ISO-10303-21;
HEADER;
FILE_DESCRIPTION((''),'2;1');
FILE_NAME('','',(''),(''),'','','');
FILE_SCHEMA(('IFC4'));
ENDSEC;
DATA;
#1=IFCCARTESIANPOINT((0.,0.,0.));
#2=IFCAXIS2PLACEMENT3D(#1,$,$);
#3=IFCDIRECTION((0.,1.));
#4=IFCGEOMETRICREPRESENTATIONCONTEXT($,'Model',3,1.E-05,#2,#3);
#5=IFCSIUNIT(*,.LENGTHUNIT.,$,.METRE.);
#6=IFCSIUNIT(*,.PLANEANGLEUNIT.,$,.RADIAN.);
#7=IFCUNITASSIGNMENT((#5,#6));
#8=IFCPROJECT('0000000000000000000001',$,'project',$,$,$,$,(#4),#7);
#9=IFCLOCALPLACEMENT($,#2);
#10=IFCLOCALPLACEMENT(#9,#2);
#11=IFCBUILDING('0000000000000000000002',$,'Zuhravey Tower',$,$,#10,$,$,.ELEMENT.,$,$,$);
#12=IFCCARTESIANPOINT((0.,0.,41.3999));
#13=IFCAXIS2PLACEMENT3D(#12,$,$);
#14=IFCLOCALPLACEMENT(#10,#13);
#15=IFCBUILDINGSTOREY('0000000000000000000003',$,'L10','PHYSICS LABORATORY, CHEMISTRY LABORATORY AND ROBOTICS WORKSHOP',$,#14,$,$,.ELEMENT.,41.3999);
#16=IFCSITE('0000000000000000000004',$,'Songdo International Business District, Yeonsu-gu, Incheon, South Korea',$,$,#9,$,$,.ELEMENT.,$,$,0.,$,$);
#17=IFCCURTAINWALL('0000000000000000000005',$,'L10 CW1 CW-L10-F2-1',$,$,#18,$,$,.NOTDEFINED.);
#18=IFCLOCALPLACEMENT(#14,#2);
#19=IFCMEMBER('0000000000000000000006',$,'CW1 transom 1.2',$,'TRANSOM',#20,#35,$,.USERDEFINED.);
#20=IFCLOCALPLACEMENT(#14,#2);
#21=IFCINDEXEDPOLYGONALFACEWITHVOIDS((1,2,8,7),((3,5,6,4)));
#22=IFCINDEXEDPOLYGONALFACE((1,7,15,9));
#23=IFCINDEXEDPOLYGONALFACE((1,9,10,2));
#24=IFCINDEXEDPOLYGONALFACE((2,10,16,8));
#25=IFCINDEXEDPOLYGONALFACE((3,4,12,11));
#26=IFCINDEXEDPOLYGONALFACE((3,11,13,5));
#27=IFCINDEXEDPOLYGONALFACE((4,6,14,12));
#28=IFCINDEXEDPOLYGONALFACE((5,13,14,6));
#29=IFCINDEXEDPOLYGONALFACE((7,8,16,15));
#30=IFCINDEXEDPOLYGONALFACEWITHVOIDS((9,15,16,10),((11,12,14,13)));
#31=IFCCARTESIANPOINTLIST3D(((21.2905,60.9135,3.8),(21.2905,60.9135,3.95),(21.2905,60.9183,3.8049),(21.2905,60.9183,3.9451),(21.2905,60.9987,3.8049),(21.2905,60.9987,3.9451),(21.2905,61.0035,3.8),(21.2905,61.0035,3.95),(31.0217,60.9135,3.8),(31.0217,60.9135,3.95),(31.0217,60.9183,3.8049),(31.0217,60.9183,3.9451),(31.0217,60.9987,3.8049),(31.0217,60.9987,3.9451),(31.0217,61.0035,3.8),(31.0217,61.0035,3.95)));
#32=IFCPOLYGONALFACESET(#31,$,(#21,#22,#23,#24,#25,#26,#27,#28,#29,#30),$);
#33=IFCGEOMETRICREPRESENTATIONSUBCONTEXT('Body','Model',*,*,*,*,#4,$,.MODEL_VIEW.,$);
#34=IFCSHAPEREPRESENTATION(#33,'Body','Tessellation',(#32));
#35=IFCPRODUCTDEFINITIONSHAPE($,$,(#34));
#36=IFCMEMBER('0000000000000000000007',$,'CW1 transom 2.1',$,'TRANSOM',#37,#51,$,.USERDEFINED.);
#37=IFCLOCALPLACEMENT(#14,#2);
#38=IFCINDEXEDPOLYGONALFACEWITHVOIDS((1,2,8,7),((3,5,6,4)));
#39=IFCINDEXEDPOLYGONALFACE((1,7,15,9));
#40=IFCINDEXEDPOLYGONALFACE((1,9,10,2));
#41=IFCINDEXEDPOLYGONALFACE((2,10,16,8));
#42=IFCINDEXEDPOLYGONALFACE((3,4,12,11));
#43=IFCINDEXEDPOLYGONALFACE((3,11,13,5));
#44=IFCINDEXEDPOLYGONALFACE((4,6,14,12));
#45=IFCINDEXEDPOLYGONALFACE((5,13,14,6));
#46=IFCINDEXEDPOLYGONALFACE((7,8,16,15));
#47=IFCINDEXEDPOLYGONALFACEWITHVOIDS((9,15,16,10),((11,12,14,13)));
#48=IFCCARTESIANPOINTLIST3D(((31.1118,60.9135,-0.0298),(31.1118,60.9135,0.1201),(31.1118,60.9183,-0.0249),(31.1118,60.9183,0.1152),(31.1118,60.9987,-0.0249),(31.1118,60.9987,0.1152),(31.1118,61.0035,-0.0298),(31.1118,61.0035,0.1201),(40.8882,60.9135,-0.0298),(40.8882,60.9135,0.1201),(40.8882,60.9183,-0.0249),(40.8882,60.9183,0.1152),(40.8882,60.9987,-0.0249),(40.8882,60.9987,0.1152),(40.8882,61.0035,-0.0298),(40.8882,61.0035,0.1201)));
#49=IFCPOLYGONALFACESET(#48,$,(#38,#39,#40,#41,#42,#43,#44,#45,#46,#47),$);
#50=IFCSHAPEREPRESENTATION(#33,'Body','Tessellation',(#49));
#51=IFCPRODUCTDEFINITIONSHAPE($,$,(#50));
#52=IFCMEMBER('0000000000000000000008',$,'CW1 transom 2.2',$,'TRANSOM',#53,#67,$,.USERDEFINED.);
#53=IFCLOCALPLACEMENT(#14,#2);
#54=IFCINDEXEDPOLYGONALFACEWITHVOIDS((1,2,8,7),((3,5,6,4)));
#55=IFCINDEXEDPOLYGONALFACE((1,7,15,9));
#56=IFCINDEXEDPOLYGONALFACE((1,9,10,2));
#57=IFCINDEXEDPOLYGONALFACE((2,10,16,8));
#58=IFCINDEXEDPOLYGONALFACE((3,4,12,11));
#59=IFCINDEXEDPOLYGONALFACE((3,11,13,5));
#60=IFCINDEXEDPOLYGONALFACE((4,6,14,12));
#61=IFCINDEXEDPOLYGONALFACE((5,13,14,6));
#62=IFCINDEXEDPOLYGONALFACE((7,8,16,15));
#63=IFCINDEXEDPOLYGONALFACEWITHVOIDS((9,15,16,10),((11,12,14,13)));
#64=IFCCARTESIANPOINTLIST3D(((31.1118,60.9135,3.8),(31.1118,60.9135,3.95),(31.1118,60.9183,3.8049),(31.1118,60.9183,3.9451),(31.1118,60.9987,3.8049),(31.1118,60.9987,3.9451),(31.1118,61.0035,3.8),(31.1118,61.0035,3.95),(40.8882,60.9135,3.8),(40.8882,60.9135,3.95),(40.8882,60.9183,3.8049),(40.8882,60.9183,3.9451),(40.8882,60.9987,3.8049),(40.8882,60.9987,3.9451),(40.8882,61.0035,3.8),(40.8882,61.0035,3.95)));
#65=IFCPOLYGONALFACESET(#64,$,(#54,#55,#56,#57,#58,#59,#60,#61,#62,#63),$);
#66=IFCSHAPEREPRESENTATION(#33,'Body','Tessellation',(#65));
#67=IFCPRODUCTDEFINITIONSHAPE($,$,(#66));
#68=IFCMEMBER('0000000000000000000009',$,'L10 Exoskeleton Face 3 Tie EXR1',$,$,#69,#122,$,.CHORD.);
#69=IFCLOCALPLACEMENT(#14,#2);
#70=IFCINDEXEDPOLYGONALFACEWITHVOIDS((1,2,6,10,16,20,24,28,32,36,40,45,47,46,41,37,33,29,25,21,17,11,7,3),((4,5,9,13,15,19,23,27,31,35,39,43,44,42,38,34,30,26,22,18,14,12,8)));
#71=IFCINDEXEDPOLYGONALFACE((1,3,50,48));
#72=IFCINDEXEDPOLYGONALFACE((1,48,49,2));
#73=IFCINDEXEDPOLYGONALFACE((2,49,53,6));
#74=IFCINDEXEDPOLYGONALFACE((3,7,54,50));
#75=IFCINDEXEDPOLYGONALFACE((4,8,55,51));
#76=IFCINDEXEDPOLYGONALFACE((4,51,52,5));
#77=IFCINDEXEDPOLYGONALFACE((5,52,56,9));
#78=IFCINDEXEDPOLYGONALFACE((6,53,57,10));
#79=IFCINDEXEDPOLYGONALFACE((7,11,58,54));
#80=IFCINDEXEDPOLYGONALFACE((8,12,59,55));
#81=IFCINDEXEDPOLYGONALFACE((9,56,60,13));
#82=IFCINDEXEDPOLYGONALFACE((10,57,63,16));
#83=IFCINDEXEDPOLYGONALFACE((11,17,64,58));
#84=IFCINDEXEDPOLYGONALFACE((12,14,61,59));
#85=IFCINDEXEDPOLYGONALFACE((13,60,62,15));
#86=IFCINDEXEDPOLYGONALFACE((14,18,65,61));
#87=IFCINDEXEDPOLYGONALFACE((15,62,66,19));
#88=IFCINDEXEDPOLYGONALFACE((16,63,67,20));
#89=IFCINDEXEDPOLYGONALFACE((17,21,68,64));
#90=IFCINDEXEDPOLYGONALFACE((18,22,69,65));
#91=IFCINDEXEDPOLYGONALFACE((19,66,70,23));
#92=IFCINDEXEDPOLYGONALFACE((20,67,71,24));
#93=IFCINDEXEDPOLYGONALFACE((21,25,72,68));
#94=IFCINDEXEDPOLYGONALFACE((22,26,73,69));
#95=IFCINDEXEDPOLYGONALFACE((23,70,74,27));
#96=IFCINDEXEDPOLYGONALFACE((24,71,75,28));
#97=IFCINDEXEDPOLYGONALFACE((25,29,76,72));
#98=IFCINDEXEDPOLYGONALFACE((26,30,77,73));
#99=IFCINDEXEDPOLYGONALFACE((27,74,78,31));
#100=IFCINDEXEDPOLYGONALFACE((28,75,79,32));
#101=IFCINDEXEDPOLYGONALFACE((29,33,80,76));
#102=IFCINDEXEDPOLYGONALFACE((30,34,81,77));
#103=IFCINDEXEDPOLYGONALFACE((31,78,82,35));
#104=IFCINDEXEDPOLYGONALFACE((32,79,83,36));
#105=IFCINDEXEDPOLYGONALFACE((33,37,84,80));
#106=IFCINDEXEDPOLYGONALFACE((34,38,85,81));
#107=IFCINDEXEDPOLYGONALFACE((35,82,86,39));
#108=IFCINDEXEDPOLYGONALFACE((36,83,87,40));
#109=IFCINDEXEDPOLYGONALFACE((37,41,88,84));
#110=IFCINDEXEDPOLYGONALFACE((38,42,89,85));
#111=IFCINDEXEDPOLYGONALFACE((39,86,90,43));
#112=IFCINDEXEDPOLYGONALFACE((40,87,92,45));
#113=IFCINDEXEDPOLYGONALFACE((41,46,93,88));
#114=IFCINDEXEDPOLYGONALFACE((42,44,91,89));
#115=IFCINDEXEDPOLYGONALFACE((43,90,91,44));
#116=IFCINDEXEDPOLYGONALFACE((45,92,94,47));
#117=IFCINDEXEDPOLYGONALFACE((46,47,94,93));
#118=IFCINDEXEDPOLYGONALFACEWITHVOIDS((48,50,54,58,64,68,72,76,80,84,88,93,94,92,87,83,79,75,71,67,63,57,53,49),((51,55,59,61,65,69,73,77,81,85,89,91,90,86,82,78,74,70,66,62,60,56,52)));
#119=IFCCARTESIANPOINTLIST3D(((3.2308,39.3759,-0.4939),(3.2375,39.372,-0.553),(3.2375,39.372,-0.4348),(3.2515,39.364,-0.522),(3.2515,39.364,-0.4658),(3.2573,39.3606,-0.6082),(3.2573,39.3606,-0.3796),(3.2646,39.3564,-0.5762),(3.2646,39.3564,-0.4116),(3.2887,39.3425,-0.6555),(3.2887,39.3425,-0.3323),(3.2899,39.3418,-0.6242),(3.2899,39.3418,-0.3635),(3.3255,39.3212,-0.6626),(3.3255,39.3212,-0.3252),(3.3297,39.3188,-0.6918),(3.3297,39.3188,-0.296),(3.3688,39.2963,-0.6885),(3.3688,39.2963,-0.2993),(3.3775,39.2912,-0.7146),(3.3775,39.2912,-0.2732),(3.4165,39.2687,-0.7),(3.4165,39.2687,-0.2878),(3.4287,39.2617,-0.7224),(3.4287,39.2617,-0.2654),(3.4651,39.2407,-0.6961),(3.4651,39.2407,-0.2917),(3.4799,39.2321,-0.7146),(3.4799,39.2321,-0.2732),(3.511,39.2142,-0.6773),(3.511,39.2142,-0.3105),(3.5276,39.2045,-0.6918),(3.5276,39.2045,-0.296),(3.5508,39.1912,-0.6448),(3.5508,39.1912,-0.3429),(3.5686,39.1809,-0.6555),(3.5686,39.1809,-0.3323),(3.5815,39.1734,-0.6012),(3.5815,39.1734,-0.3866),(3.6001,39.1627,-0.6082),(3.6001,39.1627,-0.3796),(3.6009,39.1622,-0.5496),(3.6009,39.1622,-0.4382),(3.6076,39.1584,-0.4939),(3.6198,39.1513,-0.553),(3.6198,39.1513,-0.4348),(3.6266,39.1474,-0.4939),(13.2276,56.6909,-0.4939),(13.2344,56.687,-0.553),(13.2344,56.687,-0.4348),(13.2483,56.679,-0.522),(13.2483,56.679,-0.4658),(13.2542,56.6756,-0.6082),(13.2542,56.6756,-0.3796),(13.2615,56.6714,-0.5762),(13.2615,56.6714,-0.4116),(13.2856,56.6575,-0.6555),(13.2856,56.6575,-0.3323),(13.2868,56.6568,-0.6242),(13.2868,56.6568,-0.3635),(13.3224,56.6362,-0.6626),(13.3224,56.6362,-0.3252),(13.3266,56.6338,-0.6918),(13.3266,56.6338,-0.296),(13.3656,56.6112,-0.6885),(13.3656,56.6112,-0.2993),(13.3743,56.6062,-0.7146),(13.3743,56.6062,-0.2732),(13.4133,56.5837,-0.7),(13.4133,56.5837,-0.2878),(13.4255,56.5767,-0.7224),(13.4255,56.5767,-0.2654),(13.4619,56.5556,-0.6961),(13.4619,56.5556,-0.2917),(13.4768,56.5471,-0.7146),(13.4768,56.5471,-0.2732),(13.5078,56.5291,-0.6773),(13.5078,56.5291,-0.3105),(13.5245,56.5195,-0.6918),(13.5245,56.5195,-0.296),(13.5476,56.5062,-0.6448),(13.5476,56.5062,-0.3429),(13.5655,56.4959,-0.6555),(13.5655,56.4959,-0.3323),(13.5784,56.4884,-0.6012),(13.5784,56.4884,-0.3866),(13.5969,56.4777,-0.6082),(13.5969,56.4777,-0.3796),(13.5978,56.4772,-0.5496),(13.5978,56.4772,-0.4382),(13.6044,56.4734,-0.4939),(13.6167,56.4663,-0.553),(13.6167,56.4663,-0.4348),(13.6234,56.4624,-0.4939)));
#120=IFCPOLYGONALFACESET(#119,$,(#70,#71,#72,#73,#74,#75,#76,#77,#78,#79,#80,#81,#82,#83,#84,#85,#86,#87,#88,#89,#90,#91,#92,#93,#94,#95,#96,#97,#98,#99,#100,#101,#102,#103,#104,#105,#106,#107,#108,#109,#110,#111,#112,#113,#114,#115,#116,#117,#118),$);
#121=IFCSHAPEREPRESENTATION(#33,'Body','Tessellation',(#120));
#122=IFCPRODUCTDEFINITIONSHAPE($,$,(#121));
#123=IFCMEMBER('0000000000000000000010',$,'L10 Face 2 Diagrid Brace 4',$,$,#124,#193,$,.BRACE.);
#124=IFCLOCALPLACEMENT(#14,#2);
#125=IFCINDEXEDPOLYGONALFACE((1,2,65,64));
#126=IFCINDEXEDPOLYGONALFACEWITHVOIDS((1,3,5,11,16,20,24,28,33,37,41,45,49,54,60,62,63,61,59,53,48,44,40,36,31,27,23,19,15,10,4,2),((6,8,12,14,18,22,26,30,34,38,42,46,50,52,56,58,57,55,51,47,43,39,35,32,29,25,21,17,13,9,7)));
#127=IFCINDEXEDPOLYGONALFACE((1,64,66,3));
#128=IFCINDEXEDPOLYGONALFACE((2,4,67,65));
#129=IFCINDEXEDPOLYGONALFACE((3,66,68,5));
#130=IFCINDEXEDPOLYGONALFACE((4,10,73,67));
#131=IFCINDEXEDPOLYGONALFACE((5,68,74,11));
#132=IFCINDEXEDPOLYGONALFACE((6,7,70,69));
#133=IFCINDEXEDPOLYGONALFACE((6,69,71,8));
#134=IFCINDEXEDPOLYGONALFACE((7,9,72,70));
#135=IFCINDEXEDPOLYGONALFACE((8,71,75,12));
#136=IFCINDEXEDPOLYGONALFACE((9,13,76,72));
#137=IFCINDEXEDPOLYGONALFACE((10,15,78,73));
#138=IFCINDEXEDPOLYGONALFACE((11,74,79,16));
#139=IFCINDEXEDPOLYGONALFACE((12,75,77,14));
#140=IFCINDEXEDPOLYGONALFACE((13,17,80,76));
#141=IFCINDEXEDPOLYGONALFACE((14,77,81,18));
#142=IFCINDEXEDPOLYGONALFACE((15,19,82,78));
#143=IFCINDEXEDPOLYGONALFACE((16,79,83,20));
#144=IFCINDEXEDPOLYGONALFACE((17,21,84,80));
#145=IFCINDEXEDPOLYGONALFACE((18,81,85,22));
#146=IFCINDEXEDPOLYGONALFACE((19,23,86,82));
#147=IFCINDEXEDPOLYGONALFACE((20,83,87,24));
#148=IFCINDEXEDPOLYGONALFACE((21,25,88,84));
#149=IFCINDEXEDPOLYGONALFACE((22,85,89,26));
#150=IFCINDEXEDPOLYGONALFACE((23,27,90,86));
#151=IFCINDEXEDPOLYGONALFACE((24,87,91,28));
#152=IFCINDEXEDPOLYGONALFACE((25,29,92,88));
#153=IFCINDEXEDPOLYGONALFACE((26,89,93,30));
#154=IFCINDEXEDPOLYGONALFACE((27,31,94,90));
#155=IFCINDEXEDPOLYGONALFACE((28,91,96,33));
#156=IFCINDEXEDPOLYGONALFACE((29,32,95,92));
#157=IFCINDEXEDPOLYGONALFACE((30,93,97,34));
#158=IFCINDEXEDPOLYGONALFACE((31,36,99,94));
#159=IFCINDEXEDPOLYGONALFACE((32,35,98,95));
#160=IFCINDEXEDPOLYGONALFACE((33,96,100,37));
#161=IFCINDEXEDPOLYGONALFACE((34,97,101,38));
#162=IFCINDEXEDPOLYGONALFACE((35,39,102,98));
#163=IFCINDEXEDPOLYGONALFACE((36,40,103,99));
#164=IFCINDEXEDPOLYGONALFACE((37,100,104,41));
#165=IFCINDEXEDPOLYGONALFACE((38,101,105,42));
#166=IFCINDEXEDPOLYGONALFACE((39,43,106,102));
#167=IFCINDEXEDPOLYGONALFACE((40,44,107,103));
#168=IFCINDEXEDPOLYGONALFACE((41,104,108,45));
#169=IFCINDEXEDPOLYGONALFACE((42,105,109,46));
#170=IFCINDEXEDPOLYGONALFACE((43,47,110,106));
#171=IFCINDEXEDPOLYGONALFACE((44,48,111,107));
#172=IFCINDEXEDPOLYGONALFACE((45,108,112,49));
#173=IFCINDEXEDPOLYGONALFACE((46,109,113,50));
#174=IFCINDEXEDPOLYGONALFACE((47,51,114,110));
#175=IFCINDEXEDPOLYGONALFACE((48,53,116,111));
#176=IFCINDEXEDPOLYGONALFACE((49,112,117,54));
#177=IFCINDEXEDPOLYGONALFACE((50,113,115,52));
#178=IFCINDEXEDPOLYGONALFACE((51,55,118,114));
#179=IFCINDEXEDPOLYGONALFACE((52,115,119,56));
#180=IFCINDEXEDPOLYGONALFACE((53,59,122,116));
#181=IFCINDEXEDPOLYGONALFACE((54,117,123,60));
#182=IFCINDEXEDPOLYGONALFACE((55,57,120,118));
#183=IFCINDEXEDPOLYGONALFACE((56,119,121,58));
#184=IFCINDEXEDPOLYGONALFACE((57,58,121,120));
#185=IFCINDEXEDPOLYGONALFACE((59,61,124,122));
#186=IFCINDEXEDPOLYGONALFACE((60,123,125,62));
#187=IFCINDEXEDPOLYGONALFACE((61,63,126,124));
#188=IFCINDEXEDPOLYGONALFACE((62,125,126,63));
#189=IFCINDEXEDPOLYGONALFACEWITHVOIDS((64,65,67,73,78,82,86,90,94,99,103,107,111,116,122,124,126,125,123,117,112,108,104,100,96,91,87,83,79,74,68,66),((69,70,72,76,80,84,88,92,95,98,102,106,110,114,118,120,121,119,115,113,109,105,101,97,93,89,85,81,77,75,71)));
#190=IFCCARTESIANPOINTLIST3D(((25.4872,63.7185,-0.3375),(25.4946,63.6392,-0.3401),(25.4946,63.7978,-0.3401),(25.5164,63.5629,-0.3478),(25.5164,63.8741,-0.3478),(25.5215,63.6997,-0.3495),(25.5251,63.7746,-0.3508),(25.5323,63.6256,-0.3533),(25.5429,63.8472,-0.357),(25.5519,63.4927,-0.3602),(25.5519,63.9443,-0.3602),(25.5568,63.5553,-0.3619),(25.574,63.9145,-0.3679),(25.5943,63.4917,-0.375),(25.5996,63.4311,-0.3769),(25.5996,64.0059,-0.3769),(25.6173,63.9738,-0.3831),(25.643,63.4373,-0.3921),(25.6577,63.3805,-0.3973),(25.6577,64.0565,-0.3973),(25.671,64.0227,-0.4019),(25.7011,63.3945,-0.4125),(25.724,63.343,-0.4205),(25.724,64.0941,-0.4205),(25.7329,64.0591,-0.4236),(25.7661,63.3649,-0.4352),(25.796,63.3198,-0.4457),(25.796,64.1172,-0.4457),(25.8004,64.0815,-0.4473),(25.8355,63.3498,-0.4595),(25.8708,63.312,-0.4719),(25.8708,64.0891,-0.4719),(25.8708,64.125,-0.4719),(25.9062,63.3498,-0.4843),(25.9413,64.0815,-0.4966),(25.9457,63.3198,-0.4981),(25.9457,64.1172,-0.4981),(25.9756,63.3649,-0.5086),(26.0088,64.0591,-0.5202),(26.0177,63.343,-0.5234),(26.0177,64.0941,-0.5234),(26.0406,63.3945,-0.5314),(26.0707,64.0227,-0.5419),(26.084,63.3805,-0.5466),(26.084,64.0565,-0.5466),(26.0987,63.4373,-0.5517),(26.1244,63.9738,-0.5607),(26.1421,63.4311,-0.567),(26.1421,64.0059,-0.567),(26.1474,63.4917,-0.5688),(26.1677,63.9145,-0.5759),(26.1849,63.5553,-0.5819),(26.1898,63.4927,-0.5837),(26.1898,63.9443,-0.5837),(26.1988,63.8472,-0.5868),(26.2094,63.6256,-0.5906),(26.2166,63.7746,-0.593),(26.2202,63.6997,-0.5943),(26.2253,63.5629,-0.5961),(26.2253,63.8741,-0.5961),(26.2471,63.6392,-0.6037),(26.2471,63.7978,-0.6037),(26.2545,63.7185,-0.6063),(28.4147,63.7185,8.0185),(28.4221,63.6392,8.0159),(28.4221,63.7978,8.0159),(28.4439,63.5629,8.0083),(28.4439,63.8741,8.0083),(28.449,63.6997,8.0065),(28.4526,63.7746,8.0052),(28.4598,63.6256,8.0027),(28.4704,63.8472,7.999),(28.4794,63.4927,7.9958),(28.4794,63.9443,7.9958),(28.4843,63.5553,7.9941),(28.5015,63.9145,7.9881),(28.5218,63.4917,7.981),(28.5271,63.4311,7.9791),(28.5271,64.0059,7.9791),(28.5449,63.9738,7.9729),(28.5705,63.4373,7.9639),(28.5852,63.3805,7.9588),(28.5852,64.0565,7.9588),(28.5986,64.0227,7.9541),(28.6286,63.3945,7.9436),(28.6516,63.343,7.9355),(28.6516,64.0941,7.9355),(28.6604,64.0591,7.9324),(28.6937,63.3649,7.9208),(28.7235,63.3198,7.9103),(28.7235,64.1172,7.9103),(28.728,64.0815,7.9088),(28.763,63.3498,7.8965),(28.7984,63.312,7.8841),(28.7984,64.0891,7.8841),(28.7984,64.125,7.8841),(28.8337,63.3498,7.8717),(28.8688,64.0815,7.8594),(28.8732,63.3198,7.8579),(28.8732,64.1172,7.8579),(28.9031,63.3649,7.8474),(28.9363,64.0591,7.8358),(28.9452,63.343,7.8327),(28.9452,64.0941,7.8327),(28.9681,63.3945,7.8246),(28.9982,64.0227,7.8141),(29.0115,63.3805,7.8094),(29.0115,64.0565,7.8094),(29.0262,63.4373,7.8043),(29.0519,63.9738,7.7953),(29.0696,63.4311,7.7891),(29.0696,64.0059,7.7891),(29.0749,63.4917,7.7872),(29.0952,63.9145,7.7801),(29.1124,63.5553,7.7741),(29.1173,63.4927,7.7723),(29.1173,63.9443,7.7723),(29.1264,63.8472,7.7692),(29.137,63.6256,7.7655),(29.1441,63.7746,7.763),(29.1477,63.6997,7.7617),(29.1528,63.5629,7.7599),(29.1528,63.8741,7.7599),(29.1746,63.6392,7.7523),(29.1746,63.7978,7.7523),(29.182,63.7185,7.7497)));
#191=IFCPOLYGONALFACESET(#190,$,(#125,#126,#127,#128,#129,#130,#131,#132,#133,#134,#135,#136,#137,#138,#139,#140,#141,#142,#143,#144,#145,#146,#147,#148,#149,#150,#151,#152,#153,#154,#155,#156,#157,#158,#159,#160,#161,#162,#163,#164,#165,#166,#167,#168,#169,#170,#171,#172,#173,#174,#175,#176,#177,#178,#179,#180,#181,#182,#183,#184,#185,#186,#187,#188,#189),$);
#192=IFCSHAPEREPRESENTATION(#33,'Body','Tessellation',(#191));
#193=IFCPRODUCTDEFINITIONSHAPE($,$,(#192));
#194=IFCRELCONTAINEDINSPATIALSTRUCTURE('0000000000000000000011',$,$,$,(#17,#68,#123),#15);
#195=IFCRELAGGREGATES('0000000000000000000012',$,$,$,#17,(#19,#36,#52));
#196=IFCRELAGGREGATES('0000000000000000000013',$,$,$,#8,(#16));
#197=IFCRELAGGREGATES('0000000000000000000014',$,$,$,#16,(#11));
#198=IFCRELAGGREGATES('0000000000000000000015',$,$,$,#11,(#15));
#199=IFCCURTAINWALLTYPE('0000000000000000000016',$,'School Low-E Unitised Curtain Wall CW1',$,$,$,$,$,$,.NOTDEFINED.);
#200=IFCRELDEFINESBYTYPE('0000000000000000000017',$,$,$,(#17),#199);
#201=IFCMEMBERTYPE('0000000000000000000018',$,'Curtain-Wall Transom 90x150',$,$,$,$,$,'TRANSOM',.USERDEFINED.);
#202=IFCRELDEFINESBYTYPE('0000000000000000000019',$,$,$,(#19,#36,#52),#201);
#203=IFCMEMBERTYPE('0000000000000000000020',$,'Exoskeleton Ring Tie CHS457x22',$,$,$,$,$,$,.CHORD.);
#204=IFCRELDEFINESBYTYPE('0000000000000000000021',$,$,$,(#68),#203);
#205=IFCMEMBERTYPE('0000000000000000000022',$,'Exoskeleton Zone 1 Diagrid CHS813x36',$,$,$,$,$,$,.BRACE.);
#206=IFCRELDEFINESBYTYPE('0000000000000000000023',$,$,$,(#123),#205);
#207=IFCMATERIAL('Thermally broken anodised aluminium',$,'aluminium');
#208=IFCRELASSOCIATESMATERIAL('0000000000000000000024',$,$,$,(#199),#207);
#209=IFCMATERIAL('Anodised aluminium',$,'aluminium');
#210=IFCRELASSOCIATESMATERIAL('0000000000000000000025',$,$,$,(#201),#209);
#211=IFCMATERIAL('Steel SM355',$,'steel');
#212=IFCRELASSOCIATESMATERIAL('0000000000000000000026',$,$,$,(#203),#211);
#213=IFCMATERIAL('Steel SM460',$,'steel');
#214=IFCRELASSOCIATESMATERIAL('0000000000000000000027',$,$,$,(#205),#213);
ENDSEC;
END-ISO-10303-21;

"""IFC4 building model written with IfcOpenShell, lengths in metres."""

from ifc_helpers import new_model, si_unit, direction, frame, origin, origin_2d, place, context, subcontext, project, spatial, hollow_rectangle, hollow_circle, extrude, material, material_profile, profile_set, type_object, element, aggregate, save


model = new_model("IFC4")

# Units and contexts
model_context = context("Model", 3, precision=1e-05, world=origin(), true_north=direction((0.0, 1.0)))
body_context = subcontext(model_context, "Body", "Model", "MODEL_VIEW")
ifc_project = project(units=[si_unit("LENGTHUNIT", "METRE"), si_unit("PLANEANGLEUNIT", "RADIAN")], contexts=[model_context])

# Site, building, storey
site_placement = place(None, origin())
site = spatial("IfcSite", under=ifc_project, at=site_placement, Name="Songdo International Business District, Yeonsu-gu, Incheon, South Korea", CompositionType="ELEMENT", RefElevation=0.0)
building_placement = place(site_placement, origin())
building = spatial("IfcBuilding", under=site, at=building_placement, Name="Zuhravey Tower", CompositionType="ELEMENT")
storey_placement = place(building_placement, frame((0.0, 0.0, 41.3999)))
storey = spatial("IfcBuildingStorey", under=building, at=storey_placement, Name="L10", Description="PHYSICS LABORATORY, CHEMISTRY LABORATORY AND ROBOTICS WORKSHOP", CompositionType="ELEMENT", Elevation=41.3999)

# Curtain wall
ifc_material_1 = material(Name="Thermally broken anodised aluminium", Category="aluminium")
curtain_wall_type = type_object("IfcCurtainWallType", Name="School Low-E Unitised Curtain Wall CW1", PredefinedType="NOTDEFINED", material=ifc_material_1)
ifc_material_2 = material(Name="Anodised aluminium", Category="aluminium")
curtain_wall_1_placement = place(storey_placement, origin())
curtain_wall_1 = element("IfcCurtainWall", 1, at=curtain_wall_1_placement, inside=storey, type_object=curtain_wall_type, Name="L10 CW1 CW-L10-F2-1", PredefinedType="NOTDEFINED")

# Members
ifc_material_profile_1 = material_profile(ifc_material_2, hollow_rectangle(XDim=0.0901, YDim=0.1499, WallThickness=0.0049, at=origin_2d()), Name="ALU-RHS-90x150x5")
ifc_profile_set_1 = profile_set([ifc_material_profile_1], Name="Anodised aluminium")
member_type_1 = type_object("IfcMemberType", Name="Curtain-Wall Transom 90x150", ElementType="TRANSOM", PredefinedType="USERDEFINED", material=ifc_profile_set_1)
member_1_placement = place(storey_placement, frame((21.2905, 60.9585, 3.875), z_axis=(1.0, 0.0, 0.0), x_axis=(0.0, 1.0, 0.0)))
member_1 = element("IfcMember", 2, at=member_1_placement, type_object=member_type_1, Name="CW1 transom 1.2", ObjectType="TRANSOM", PredefinedType="USERDEFINED", context=body_context, shape_type="SweptSolid", body=[
    extrude(hollow_rectangle(XDim=0.0901, YDim=0.1499, WallThickness=0.0049, at=origin_2d()), origin(), (0.0, 0.0, 1.0), 9.7312),
])
member_2_placement = place(storey_placement, frame((31.1118, 60.9585, 0.0452), z_axis=(1.0, 0.0, 0.0), x_axis=(0.0, 1.0, 0.0)))
member_2 = element("IfcMember", 3, at=member_2_placement, type_object=member_type_1, Name="CW1 transom 2.1", ObjectType="TRANSOM", PredefinedType="USERDEFINED", context=body_context, shape_type="SweptSolid", body=[
    extrude(hollow_rectangle(XDim=0.0901, YDim=0.1499, WallThickness=0.0049, at=origin_2d()), origin(), (0.0, 0.0, 1.0), 9.7764),
])
member_3_placement = place(storey_placement, frame((31.1118, 60.9585, 3.875), z_axis=(1.0, 0.0, 0.0), x_axis=(0.0, 1.0, 0.0)))
member_3 = element("IfcMember", 4, at=member_3_placement, type_object=member_type_1, Name="CW1 transom 2.2", ObjectType="TRANSOM", PredefinedType="USERDEFINED", context=body_context, shape_type="SweptSolid", body=[
    extrude(hollow_rectangle(XDim=0.0901, YDim=0.1499, WallThickness=0.0049, at=origin_2d()), origin(), (0.0, 0.0, 1.0), 9.7764),
])

# Members
ifc_material_3 = material(Name="Steel SM355", Category="steel")
ifc_material_profile_2 = material_profile(ifc_material_3, hollow_circle(Radius=0.2285, WallThickness=0.022, at=origin_2d()), Name="CHS-457.2x22")
ifc_profile_set_2 = profile_set([ifc_material_profile_2], Name="Steel SM355")
member_type_2 = type_object("IfcMemberType", Name="Exoskeleton Ring Tie CHS457x22", PredefinedType="CHORD", material=ifc_profile_set_2)
member_4_placement = place(storey_placement, frame((13.4255, 56.5767, -0.4939), z_axis=(-0.500002, -0.866025, 0.0), x_axis=(0.866025, -0.500002, 0.0)))
element("IfcMember", 5, at=member_4_placement, inside=storey, type_object=member_type_2, Name="L10 Exoskeleton Face 3 Tie EXR1", PredefinedType="CHORD", context=body_context, shape_type="SweptSolid", body=[
    extrude(hollow_circle(Radius=0.2285, WallThickness=0.022, at=origin_2d()), origin(), (0.0, 0.0, 1.0), 19.9937),
])
ifc_material_4 = material(Name="Steel SM460", Category="steel")
ifc_material_profile_3 = material_profile(ifc_material_4, hollow_circle(Radius=0.4065, WallThickness=0.0359, at=origin_2d()), Name="CHS-812.8x36")
ifc_profile_set_3 = profile_set([ifc_material_profile_3], Name="Steel SM460")
member_type_3 = type_object("IfcMemberType", Name="Exoskeleton Zone 1 Diagrid CHS813x36", PredefinedType="BRACE", material=ifc_profile_set_3)
member_5_placement = place(storey_placement, frame((25.8708, 63.7185, -0.4719), z_axis=(0.330643, 0.0, 0.943756), x_axis=(0.0, 1.0, 0.0)))
element("IfcMember", 6, at=member_5_placement, inside=storey, type_object=member_type_3, Name="L10 Face 2 Diagrid Brace 4", PredefinedType="BRACE", context=body_context, shape_type="SweptSolid", body=[
    extrude(hollow_circle(Radius=0.4065, WallThickness=0.0359, at=origin_2d()), origin(), (0.0, 0.0, 1.0), 8.854),
])

aggregate(curtain_wall_1, [member_1, member_2, member_3])

save(model, "model.ifc")
